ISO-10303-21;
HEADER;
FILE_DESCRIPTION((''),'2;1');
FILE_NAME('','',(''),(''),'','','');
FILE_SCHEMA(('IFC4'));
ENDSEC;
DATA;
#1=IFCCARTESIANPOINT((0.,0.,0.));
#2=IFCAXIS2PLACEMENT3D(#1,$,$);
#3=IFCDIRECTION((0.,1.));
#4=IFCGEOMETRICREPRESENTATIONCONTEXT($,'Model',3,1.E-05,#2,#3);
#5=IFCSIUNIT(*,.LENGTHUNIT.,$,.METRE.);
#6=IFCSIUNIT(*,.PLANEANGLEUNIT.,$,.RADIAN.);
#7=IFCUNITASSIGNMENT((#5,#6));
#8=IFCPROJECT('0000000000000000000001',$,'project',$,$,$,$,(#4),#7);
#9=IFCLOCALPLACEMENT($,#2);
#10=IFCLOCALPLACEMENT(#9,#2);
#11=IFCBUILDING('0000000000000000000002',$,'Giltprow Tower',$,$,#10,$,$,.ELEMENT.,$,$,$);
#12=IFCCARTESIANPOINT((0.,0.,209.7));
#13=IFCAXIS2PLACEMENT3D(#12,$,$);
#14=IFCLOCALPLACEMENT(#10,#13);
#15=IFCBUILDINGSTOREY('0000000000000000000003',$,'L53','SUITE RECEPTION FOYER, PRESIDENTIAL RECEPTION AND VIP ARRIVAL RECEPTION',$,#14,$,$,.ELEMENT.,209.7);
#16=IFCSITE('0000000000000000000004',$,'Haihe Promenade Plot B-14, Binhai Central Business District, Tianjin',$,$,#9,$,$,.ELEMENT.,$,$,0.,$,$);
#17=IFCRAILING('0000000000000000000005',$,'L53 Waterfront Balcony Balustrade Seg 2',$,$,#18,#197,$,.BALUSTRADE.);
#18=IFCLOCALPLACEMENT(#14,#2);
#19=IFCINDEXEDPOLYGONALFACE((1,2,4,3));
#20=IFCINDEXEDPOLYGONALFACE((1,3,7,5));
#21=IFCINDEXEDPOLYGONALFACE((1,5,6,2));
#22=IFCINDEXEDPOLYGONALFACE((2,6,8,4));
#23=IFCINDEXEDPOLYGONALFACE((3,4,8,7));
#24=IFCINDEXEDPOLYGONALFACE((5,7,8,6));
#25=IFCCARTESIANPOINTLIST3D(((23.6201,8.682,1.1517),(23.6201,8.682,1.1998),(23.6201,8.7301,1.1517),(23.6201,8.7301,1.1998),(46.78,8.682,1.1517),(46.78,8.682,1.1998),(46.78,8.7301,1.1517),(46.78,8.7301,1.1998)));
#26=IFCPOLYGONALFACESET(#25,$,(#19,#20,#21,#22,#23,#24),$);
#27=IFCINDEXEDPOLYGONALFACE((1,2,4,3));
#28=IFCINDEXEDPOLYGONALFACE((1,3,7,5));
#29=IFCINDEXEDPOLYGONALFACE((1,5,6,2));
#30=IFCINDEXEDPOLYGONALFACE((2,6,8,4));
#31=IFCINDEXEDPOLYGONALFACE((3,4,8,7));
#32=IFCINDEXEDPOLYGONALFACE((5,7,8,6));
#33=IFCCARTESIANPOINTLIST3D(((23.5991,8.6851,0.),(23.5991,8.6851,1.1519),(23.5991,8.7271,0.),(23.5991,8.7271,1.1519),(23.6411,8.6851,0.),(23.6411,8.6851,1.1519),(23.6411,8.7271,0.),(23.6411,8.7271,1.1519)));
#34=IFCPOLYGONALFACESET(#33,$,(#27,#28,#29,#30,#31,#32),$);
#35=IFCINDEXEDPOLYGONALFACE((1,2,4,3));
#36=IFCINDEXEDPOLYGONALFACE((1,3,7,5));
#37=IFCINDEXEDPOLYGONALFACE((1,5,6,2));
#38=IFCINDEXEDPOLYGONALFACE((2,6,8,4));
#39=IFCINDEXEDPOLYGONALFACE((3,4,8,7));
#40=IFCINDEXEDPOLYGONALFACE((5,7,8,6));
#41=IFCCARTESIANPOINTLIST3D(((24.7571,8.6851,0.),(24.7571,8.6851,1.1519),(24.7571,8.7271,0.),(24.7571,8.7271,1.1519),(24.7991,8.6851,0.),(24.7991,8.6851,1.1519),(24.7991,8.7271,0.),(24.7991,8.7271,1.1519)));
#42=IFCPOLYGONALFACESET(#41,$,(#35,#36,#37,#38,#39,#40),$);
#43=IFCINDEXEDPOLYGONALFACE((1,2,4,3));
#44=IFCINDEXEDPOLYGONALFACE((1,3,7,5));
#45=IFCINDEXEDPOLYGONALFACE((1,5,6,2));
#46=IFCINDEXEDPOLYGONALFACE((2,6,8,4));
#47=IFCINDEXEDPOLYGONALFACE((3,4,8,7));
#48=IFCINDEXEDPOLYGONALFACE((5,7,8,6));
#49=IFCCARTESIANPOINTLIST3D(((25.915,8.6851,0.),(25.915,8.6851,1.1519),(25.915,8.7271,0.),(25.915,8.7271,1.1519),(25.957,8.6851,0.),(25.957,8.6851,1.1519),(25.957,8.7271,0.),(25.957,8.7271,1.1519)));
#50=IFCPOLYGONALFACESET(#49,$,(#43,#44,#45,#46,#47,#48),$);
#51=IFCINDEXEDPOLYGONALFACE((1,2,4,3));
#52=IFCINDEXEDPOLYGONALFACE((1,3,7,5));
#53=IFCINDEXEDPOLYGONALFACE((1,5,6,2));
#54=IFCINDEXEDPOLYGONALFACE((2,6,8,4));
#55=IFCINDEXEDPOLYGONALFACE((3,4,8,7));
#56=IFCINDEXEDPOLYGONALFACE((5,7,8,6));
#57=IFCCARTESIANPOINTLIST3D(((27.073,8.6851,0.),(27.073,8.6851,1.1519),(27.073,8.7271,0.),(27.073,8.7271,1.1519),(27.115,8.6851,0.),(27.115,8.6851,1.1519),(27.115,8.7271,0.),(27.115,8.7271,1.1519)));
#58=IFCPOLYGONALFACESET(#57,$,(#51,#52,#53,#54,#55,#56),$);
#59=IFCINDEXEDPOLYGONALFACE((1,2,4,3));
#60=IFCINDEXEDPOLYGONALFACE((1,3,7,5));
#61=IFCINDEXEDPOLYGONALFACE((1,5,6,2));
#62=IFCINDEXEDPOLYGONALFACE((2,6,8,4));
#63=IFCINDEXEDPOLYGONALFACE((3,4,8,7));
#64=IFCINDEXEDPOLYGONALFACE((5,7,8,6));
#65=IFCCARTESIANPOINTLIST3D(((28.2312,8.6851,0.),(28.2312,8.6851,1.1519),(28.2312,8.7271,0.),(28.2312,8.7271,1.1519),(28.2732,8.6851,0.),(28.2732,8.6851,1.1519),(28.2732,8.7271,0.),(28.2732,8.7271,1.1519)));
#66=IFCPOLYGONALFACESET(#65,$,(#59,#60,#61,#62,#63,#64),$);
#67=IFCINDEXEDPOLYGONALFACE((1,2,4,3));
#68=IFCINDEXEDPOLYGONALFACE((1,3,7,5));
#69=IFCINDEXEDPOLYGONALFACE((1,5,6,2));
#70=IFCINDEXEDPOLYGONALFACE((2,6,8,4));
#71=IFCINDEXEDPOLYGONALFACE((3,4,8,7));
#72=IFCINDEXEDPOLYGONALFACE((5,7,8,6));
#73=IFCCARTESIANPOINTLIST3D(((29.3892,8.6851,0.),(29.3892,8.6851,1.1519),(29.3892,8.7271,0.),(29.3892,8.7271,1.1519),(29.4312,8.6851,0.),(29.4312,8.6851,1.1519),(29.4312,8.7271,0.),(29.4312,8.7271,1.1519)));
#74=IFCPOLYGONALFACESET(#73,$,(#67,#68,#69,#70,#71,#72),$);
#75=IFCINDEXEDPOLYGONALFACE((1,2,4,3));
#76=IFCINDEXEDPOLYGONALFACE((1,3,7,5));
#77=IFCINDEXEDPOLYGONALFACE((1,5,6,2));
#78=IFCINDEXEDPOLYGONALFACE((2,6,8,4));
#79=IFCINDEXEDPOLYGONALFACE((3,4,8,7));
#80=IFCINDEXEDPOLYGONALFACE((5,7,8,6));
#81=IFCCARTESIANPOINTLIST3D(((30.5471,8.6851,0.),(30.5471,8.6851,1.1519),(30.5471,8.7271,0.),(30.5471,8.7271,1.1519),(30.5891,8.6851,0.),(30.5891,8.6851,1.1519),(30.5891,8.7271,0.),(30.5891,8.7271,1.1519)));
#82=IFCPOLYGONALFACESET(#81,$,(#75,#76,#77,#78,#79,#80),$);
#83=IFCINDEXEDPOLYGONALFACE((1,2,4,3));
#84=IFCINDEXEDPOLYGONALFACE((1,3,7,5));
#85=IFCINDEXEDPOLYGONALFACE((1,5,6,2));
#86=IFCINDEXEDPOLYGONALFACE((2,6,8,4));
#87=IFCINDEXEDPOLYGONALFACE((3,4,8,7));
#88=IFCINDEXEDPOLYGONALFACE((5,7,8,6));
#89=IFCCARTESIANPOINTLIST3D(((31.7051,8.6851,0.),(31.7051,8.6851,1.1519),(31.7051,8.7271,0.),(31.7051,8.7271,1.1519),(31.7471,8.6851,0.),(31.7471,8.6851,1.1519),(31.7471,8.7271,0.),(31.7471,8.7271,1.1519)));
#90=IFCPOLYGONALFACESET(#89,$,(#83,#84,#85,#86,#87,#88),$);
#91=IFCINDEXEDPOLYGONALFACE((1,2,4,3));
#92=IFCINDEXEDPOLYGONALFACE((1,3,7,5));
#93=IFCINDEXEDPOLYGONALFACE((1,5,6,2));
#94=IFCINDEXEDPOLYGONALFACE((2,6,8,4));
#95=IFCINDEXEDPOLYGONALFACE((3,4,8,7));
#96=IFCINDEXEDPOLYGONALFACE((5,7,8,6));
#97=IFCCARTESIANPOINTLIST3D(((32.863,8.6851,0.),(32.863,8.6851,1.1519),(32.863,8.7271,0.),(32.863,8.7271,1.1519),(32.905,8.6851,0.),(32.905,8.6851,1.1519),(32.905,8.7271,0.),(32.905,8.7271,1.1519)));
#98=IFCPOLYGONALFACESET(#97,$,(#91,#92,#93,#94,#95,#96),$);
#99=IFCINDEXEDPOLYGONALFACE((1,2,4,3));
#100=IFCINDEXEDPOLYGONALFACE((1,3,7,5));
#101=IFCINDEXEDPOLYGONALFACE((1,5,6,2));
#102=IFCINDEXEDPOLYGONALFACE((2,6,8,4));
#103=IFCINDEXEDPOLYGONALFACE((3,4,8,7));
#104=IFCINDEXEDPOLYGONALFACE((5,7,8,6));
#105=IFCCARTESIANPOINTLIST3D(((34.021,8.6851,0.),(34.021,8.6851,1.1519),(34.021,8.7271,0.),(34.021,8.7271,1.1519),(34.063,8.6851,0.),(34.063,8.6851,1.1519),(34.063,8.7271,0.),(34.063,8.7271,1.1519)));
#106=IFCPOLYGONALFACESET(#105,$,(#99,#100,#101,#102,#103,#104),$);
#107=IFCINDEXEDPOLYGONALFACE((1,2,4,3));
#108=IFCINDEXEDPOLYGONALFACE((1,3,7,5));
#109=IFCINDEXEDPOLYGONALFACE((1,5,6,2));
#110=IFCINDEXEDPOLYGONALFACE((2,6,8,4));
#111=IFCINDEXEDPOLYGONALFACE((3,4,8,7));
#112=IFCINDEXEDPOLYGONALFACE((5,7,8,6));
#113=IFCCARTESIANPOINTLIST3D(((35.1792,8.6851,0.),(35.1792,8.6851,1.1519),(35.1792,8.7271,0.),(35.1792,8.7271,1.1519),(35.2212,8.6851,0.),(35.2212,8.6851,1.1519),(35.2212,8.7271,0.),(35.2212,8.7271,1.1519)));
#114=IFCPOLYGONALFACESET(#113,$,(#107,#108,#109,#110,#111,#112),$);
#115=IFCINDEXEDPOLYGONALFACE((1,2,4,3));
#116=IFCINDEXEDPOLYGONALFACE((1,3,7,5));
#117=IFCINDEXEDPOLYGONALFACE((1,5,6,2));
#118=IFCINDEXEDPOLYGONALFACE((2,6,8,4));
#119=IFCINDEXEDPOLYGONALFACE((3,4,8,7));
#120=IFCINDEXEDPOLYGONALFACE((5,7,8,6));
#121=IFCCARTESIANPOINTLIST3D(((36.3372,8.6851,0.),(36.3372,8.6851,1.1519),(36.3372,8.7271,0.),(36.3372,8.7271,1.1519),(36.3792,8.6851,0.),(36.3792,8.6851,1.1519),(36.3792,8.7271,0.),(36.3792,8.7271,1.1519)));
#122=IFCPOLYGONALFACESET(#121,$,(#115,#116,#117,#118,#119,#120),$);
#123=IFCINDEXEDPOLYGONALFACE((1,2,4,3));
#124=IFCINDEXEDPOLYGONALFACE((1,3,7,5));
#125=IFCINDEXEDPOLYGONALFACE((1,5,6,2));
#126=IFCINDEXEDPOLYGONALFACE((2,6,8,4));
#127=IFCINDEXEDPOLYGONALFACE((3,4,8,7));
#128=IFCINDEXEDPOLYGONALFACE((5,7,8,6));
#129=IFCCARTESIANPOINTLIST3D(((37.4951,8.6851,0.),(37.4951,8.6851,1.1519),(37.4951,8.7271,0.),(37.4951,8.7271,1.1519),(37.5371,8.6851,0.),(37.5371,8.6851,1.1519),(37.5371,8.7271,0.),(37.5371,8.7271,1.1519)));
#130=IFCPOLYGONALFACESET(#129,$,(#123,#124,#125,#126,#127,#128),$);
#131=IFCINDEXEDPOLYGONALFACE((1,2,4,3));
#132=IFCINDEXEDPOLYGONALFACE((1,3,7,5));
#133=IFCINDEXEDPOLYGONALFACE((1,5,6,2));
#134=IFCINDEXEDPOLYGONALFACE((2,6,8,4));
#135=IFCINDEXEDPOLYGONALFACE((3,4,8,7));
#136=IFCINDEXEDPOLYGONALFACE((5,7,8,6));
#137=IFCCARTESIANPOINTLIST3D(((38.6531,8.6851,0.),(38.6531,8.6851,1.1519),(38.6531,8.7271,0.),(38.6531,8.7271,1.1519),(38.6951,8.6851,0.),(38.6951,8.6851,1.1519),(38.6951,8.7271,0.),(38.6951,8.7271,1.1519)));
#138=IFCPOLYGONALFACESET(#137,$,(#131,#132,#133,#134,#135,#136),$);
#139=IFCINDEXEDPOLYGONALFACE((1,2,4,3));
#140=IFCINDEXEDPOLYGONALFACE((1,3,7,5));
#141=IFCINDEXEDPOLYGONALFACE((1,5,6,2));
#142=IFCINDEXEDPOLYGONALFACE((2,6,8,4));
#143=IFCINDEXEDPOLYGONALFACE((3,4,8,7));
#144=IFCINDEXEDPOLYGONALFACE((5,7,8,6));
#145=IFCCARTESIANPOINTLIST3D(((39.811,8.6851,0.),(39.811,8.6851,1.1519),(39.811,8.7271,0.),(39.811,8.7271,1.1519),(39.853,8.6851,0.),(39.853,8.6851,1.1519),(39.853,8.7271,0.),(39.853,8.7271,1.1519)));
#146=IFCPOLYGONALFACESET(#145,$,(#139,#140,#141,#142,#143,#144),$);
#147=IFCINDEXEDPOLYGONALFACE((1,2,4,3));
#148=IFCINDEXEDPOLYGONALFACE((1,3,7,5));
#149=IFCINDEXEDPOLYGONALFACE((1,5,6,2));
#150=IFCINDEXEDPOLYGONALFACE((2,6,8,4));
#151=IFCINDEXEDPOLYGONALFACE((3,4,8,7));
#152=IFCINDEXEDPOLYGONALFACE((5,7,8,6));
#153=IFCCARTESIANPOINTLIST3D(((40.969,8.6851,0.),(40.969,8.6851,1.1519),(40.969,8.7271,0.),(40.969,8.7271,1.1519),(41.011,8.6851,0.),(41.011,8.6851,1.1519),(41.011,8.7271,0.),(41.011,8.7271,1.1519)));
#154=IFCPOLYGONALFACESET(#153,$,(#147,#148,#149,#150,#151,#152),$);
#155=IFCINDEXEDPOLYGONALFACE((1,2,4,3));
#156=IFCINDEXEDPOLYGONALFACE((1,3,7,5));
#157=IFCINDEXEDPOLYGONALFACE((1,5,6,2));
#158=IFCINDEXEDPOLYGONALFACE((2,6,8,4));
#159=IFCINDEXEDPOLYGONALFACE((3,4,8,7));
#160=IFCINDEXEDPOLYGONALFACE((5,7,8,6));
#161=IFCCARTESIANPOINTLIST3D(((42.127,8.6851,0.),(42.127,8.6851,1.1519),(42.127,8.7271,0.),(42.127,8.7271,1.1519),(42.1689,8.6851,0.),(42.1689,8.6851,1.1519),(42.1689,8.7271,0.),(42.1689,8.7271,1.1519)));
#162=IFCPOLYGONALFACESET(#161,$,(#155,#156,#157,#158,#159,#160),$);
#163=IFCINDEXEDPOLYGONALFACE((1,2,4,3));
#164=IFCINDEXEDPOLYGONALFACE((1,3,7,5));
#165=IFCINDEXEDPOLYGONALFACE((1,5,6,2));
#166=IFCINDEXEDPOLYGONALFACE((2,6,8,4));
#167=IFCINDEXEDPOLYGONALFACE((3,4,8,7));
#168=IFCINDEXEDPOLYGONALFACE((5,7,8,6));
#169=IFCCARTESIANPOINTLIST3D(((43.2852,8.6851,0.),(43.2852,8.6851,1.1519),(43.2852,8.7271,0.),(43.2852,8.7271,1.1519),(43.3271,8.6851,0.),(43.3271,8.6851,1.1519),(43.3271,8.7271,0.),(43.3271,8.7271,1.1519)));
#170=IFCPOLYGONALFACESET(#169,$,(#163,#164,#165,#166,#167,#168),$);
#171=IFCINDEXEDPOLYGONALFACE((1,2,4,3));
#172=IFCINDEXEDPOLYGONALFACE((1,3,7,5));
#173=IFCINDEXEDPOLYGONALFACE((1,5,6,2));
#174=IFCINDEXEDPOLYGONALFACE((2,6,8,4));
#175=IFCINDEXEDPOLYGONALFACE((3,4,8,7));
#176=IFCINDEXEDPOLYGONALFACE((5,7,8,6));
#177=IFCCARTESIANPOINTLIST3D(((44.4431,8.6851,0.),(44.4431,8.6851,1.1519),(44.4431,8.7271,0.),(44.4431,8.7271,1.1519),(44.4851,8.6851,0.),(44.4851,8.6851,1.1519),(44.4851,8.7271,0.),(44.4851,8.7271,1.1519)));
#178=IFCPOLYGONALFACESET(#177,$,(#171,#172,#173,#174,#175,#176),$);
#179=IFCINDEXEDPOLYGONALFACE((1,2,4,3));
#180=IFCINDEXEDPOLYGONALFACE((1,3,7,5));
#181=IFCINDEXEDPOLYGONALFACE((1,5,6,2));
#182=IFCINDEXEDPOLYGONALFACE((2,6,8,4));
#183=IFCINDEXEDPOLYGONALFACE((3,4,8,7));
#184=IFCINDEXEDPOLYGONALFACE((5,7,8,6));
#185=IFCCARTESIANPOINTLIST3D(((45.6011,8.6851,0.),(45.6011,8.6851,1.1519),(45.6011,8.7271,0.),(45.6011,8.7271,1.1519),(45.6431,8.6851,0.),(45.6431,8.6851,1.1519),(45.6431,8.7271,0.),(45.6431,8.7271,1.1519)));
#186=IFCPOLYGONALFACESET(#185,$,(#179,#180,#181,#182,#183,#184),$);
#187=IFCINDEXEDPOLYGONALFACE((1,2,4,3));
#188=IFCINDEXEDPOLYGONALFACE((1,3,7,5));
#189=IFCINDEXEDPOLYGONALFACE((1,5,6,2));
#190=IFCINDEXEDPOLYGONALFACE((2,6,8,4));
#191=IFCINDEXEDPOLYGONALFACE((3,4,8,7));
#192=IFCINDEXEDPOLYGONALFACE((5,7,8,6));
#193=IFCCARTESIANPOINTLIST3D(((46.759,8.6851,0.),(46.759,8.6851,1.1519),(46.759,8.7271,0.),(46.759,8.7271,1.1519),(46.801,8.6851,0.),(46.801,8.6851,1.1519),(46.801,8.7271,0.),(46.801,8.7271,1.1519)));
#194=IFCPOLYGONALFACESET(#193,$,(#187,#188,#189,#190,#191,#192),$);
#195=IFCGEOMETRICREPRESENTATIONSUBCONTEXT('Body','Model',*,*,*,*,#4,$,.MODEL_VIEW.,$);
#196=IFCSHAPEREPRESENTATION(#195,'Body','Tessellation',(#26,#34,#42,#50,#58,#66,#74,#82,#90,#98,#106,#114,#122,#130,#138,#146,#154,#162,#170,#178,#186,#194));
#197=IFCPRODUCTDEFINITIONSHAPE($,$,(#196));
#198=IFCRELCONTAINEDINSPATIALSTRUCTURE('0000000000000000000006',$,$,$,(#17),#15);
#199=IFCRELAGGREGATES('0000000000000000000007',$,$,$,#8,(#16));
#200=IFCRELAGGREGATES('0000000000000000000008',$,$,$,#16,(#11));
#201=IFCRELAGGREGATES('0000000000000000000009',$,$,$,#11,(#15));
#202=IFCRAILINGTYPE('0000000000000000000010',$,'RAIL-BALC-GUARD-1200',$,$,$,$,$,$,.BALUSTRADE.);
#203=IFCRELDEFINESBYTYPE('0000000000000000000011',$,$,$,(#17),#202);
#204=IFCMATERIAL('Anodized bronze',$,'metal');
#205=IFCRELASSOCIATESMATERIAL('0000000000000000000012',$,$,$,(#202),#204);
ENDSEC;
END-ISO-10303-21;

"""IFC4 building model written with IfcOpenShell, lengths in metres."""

from ifc_helpers import new_model, si_unit, direction, frame, origin, origin_2d, place, context, subcontext, project, spatial, rectangle, extrude, material, type_object, element, save


model = new_model("IFC4")

# Units and contexts
model_context = context("Model", 3, precision=1e-05, world=origin(), true_north=direction((0.0, 1.0)))
body_context = subcontext(model_context, "Body", "Model", "MODEL_VIEW")
ifc_project = project(units=[si_unit("LENGTHUNIT", "METRE"), si_unit("PLANEANGLEUNIT", "RADIAN")], contexts=[model_context])

# Site, building, storey
site_placement = place(None, origin())
site = spatial("IfcSite", under=ifc_project, at=site_placement, Name="Haihe Promenade Plot B-14, Binhai Central Business District, Tianjin", CompositionType="ELEMENT", RefElevation=0.0)
building_placement = place(site_placement, origin())
building = spatial("IfcBuilding", under=site, at=building_placement, Name="Giltprow Tower", CompositionType="ELEMENT")
storey_placement = place(building_placement, frame((0.0, 0.0, 209.7)))
storey = spatial("IfcBuildingStorey", under=building, at=storey_placement, Name="L53", Description="SUITE RECEPTION FOYER, PRESIDENTIAL RECEPTION AND VIP ARRIVAL RECEPTION", CompositionType="ELEMENT", Elevation=209.7)

# Railing
ifc_material_1 = material(Name="Anodized bronze", Category="metal")
railing_type = type_object("IfcRailingType", Name="RAIL-BALC-GUARD-1200", PredefinedType="BALUSTRADE", material=ifc_material_1)
railing_1_placement = place(storey_placement, frame((23.6201, 8.7061, 0.0)))
element("IfcRailing", 1, at=railing_1_placement, inside=storey, type_object=railing_type, Name="L53 Waterfront Balcony Balustrade Seg 2", PredefinedType="BALUSTRADE", context=body_context, shape_type="SweptSolid", body=[
    extrude(rectangle(XDim=0.0481, YDim=0.0481, at=origin_2d()), frame((0.0, 0.0, 1.1758), z_axis=(1.0, 0.0, 0.0), x_axis=(0.0, 1.0, 0.0)), (0.0, 0.0, 1.0), 23.1599),
    extrude(rectangle(XDim=0.042, YDim=0.042, at=origin_2d()), origin(), (0.0, 0.0, 1.0), 1.1519),
    extrude(rectangle(XDim=0.042, YDim=0.042, at=origin_2d()), frame((1.158, 0.0, 0.0)), (0.0, 0.0, 1.0), 1.1519),
    extrude(rectangle(XDim=0.042, YDim=0.042, at=origin_2d()), frame((2.3159, 0.0, 0.0)), (0.0, 0.0, 1.0), 1.1519),
    extrude(rectangle(XDim=0.042, YDim=0.042, at=origin_2d()), frame((3.4739, 0.0, 0.0)), (0.0, 0.0, 1.0), 1.1519),
    extrude(rectangle(XDim=0.042, YDim=0.042, at=origin_2d()), frame((4.6321, 0.0, 0.0)), (0.0, 0.0, 1.0), 1.1519),
    extrude(rectangle(XDim=0.042, YDim=0.042, at=origin_2d()), frame((5.79, 0.0, 0.0)), (0.0, 0.0, 1.0), 1.1519),
    extrude(rectangle(XDim=0.042, YDim=0.042, at=origin_2d()), frame((6.948, 0.0, 0.0)), (0.0, 0.0, 1.0), 1.1519),
    extrude(rectangle(XDim=0.042, YDim=0.042, at=origin_2d()), frame((8.106, 0.0, 0.0)), (0.0, 0.0, 1.0), 1.1519),
    extrude(rectangle(XDim=0.042, YDim=0.042, at=origin_2d()), frame((9.2639, 0.0, 0.0)), (0.0, 0.0, 1.0), 1.1519),
    extrude(rectangle(XDim=0.042, YDim=0.042, at=origin_2d()), frame((10.4219, 0.0, 0.0)), (0.0, 0.0, 1.0), 1.1519),
    extrude(rectangle(XDim=0.042, YDim=0.042, at=origin_2d()), frame((11.5801, 0.0, 0.0)), (0.0, 0.0, 1.0), 1.1519),
    extrude(rectangle(XDim=0.042, YDim=0.042, at=origin_2d()), frame((12.738, 0.0, 0.0)), (0.0, 0.0, 1.0), 1.1519),
    extrude(rectangle(XDim=0.042, YDim=0.042, at=origin_2d()), frame((13.896, 0.0, 0.0)), (0.0, 0.0, 1.0), 1.1519),
    extrude(rectangle(XDim=0.042, YDim=0.042, at=origin_2d()), frame((15.054, 0.0, 0.0)), (0.0, 0.0, 1.0), 1.1519),
    extrude(rectangle(XDim=0.042, YDim=0.042, at=origin_2d()), frame((16.2119, 0.0, 0.0)), (0.0, 0.0, 1.0), 1.1519),
    extrude(rectangle(XDim=0.042, YDim=0.042, at=origin_2d()), frame((17.3699, 0.0, 0.0)), (0.0, 0.0, 1.0), 1.1519),
    extrude(rectangle(XDim=0.042, YDim=0.042, at=origin_2d()), frame((18.5278, 0.0, 0.0)), (0.0, 0.0, 1.0), 1.1519),
    extrude(rectangle(XDim=0.042, YDim=0.042, at=origin_2d()), frame((19.686, 0.0, 0.0)), (0.0, 0.0, 1.0), 1.1519),
    extrude(rectangle(XDim=0.042, YDim=0.042, at=origin_2d()), frame((20.844, 0.0, 0.0)), (0.0, 0.0, 1.0), 1.1519),
    extrude(rectangle(XDim=0.042, YDim=0.042, at=origin_2d()), frame((22.002, 0.0, 0.0)), (0.0, 0.0, 1.0), 1.1519),
    extrude(rectangle(XDim=0.042, YDim=0.042, at=origin_2d()), frame((23.1599, 0.0, 0.0)), (0.0, 0.0, 1.0), 1.1519),
])

save(model, "model.ifc")
